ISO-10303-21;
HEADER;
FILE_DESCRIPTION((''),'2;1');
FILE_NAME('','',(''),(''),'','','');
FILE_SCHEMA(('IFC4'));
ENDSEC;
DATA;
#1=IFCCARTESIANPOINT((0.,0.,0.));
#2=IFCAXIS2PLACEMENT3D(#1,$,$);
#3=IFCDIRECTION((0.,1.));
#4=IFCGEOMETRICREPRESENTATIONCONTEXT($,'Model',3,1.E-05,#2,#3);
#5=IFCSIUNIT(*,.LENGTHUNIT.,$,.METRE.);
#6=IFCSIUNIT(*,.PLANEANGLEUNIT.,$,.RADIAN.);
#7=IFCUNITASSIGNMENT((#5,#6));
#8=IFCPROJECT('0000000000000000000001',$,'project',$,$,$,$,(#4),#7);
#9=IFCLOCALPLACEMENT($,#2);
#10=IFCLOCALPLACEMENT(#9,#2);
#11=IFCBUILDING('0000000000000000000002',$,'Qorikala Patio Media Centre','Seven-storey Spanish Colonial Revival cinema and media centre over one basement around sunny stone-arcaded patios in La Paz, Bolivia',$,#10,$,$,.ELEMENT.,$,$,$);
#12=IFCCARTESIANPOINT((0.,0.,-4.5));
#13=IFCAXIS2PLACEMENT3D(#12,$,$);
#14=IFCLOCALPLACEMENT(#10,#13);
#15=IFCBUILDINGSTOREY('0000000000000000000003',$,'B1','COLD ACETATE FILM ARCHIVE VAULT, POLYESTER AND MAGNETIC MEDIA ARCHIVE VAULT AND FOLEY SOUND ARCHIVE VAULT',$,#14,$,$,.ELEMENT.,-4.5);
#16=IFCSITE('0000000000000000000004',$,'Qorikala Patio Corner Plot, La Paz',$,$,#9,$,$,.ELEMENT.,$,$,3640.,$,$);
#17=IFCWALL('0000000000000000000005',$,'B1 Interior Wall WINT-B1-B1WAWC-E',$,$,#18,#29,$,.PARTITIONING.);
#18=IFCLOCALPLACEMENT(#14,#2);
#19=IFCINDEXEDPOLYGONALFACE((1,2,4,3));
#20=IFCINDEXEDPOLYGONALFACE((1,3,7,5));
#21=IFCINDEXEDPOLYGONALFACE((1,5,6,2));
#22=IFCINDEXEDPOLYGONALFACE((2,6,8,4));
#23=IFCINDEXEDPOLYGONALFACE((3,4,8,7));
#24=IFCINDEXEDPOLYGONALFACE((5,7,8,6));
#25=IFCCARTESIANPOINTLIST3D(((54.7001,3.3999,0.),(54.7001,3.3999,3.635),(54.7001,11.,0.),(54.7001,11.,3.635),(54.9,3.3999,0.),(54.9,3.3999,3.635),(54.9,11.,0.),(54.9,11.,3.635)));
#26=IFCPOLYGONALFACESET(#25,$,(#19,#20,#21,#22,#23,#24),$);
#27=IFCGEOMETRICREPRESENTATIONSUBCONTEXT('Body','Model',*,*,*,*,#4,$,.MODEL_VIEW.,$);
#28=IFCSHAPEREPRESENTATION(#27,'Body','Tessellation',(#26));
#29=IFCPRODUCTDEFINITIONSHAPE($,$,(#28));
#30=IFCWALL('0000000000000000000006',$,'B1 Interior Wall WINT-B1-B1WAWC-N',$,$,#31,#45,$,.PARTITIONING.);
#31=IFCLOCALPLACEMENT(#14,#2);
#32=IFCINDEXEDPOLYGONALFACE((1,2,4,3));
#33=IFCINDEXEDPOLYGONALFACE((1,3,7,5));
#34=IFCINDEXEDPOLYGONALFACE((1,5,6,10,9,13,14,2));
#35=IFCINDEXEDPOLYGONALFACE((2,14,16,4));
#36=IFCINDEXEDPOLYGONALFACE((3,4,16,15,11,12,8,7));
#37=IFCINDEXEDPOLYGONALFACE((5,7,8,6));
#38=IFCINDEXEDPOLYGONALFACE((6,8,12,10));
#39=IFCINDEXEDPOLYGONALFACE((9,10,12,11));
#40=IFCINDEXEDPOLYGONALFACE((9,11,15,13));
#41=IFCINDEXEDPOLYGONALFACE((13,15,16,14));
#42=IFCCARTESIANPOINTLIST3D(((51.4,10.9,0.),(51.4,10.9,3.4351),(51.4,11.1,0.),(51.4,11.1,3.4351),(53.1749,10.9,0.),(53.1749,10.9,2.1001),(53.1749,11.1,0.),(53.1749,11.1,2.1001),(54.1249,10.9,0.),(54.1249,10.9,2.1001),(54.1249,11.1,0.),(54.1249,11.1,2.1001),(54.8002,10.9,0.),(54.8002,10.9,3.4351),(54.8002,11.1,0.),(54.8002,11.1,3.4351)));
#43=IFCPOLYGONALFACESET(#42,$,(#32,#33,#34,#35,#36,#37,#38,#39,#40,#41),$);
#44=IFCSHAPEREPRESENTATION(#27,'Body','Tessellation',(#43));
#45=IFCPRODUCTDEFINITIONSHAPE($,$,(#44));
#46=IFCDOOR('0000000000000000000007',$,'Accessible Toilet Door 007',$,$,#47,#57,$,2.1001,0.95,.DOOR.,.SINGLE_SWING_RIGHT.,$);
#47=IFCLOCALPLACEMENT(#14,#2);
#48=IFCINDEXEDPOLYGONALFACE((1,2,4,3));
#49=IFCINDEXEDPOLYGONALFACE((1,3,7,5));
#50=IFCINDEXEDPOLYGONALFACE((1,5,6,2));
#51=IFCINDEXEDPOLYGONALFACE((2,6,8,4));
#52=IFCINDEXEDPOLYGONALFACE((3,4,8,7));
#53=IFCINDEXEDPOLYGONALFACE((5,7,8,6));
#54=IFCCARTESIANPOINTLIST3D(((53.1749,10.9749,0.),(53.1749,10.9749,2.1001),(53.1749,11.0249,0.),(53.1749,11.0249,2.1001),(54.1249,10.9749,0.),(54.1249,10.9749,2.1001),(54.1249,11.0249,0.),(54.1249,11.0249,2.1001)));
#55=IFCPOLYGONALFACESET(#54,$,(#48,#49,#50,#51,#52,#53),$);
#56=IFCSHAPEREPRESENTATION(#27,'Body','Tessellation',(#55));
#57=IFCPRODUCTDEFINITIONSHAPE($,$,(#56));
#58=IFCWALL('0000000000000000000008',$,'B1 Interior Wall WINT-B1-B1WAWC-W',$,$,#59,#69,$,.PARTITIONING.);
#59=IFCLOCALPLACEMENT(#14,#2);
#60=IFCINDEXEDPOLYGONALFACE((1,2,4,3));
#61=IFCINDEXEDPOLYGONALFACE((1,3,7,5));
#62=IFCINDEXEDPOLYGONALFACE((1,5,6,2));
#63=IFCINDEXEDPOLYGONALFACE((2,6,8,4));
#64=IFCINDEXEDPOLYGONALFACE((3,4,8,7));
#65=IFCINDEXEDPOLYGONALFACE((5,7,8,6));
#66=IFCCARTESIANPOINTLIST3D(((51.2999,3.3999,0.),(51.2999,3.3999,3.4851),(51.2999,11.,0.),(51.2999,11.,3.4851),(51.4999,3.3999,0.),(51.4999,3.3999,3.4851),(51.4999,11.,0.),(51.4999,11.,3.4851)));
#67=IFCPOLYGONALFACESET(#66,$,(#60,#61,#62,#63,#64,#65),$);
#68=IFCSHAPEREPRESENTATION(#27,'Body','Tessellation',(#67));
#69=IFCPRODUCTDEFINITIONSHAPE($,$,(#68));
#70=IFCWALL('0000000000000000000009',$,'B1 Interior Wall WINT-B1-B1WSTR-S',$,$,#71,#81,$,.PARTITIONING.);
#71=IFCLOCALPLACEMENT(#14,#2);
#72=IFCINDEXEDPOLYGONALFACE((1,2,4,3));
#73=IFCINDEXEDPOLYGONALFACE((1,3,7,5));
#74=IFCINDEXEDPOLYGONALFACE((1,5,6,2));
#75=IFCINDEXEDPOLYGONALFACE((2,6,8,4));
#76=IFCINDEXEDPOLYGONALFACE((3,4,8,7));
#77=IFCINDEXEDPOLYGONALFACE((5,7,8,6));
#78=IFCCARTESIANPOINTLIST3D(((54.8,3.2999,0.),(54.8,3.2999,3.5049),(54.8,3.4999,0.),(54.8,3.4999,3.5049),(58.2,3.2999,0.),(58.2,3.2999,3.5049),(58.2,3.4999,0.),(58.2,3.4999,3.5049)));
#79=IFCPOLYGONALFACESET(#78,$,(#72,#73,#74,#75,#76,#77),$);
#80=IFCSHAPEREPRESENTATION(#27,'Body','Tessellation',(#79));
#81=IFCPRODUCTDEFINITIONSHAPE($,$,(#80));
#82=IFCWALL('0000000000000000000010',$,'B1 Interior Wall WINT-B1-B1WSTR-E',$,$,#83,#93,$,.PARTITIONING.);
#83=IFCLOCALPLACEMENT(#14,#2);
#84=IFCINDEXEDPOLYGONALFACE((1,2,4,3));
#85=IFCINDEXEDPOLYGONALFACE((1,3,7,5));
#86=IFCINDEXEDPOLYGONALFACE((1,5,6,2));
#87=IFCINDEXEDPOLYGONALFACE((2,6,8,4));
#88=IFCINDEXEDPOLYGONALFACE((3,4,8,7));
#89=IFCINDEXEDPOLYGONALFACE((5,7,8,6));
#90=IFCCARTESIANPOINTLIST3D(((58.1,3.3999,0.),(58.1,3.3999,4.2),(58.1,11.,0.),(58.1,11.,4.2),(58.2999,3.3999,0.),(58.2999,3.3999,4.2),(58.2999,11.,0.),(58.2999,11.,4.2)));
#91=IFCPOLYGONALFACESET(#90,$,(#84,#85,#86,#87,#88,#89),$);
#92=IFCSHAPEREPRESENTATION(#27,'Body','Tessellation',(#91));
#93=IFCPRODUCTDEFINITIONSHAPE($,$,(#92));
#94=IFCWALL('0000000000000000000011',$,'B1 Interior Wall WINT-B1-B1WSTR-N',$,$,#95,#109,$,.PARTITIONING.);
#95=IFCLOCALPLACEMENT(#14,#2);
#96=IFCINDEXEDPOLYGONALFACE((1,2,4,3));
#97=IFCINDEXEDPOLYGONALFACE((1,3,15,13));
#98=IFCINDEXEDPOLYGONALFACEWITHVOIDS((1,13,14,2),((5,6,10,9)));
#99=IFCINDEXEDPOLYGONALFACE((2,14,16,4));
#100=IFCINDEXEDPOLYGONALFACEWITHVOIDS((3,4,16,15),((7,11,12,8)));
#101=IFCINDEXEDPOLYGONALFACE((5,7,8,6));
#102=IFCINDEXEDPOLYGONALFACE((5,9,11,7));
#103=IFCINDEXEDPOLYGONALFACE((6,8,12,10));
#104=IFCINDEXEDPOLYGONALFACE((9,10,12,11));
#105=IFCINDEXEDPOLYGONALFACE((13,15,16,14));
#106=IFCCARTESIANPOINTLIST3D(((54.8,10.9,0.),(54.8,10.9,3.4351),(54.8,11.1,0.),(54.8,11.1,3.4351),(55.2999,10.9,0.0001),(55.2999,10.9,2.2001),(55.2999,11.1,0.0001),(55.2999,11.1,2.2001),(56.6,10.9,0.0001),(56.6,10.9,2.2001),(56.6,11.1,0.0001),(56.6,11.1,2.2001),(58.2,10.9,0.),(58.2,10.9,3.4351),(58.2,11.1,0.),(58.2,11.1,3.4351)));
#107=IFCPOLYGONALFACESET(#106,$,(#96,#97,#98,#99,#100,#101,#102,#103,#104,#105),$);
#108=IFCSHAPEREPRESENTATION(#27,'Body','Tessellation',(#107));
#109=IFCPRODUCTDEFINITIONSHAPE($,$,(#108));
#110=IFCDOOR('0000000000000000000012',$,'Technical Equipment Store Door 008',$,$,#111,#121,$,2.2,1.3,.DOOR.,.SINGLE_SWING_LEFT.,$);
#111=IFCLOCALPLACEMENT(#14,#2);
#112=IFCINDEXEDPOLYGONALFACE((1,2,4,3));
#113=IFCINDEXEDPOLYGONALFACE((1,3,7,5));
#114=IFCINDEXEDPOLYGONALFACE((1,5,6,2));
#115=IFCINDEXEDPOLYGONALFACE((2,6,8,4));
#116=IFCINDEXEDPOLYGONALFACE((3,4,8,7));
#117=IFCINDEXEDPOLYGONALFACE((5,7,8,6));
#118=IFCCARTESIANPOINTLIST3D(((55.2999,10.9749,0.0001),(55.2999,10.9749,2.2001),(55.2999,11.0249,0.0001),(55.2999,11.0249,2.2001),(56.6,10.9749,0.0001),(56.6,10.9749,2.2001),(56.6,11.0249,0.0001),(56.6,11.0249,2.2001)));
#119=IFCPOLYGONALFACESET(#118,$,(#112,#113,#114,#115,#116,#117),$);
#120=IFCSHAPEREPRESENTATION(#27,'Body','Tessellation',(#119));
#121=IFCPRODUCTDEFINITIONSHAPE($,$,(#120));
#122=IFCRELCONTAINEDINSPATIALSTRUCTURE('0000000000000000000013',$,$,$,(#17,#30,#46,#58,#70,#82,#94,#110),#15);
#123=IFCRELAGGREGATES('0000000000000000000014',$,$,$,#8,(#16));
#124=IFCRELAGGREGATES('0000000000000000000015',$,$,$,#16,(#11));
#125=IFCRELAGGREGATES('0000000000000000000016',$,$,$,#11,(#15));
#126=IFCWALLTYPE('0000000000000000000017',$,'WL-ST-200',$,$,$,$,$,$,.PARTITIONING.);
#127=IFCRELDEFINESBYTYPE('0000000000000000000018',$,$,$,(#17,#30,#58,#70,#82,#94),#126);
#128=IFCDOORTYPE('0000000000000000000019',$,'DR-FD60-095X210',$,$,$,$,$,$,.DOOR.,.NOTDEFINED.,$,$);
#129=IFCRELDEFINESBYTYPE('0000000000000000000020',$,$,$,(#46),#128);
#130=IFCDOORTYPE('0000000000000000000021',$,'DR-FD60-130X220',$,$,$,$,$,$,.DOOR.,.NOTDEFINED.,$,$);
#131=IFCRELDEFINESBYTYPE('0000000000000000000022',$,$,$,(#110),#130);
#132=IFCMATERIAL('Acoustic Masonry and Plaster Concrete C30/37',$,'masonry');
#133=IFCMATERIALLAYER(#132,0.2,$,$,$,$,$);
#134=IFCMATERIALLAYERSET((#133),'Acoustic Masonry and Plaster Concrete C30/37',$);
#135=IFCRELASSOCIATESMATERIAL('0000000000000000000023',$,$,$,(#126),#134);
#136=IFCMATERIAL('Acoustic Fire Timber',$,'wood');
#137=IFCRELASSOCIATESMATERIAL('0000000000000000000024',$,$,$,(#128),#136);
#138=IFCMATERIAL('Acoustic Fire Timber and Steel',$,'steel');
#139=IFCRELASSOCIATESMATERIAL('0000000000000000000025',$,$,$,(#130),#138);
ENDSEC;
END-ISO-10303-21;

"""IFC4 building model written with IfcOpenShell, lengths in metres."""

from ifc_helpers import new_model, si_unit, direction, frame, frame_2d, origin, place, context, subcontext, project, spatial, rectangle, extrude, material, layer, layer_set, type_object, element, fill, save


model = new_model("IFC4")

# Units and contexts
model_context = context("Model", 3, precision=1e-05, world=origin(), true_north=direction((0.0, 1.0)))
body_context = subcontext(model_context, "Body", "Model", "MODEL_VIEW")
ifc_project = project(units=[si_unit("LENGTHUNIT", "METRE"), si_unit("PLANEANGLEUNIT", "RADIAN")], contexts=[model_context])

# Site, building, storey
site_placement = place(None, origin())
site = spatial("IfcSite", under=ifc_project, at=site_placement, Name="Qorikala Patio Corner Plot, La Paz", CompositionType="ELEMENT", RefElevation=3640.0)
building_placement = place(site_placement, origin())
building = spatial("IfcBuilding", under=site, at=building_placement, Name="Qorikala Patio Media Centre", Description="Seven-storey Spanish Colonial Revival cinema and media centre over one basement around sunny stone-arcaded patios in La Paz, Bolivia", CompositionType="ELEMENT")
storey_placement = place(building_placement, frame((0.0, 0.0, -4.5)))
storey = spatial("IfcBuildingStorey", under=building, at=storey_placement, Name="B1", Description="COLD ACETATE FILM ARCHIVE VAULT, POLYESTER AND MAGNETIC MEDIA ARCHIVE VAULT AND FOLEY SOUND ARCHIVE VAULT", CompositionType="ELEMENT", Elevation=-4.5)

# Wall
ifc_material_1 = material(Name="Acoustic Masonry and Plaster Concrete C30/37", Category="masonry")
ifc_layer_1 = layer(ifc_material_1, 0.2)
ifc_layer_set_1 = layer_set([ifc_layer_1], Name="Acoustic Masonry and Plaster Concrete C30/37")
wall_type_1 = type_object("IfcWallType", Name="WL-ST-200", PredefinedType="PARTITIONING", material=ifc_layer_set_1)
wall_1_placement = place(storey_placement, frame((54.8, 3.3999, 0.0), z_axis=(0.0, 0.0, 1.0), x_axis=(0.0, 1.0, 0.0)))
element("IfcWall", 1, at=wall_1_placement, inside=storey, type_object=wall_type_1, Name="B1 Interior Wall WINT-B1-B1WAWC-E", PredefinedType="PARTITIONING", context=body_context, shape_type="SweptSolid", body=[
    extrude(rectangle(XDim=7.6001, YDim=0.2, at=frame_2d((3.8, 0.0))), origin(), (0.0, 0.0, 1.0), 3.635),
])

# Wall, opening, door
wall_2_placement = place(storey_placement, frame((51.3999, 11.0, 0.0), z_axis=(0.0, 0.0, 1.0), x_axis=(1.0, 0.0, 0.0)))
wall_2 = element("IfcWall", 2, at=wall_2_placement, inside=storey, type_object=wall_type_1, Name="B1 Interior Wall WINT-B1-B1WAWC-N", PredefinedType="PARTITIONING", context=body_context, shape_type="SweptSolid", body=[
    extrude(rectangle(XDim=3.4001, YDim=0.2, at=frame_2d((1.7002, 0.0))), origin(), (0.0, 0.0, 1.0), 3.4351),
])
opening_1_placement = place(wall_2_placement, frame((1.7749, 0.0, 0.0)))
opening_1 = element("IfcOpeningElement", 3, at=opening_1_placement, cuts=wall_2, PredefinedType="OPENING", context=body_context, shape_type="SweptSolid", body=[
    extrude(rectangle(XDim=0.95, YDim=2.1001, at=frame_2d((0.4751, 1.05))), frame((0.0, 0.1099, 0.0), z_axis=(0.0, -1.0, 0.0), x_axis=(1.0, 0.0, 0.0)), (0.0, 0.0, 1.0), 0.22),
])
ifc_material_2 = material(Name="Acoustic Fire Timber", Category="wood")
door_type_1 = type_object("IfcDoorType", Name="DR-FD60-095X210", OperationType="NOTDEFINED", PredefinedType="DOOR", material=ifc_material_2)
door_1_placement = place(opening_1_placement, origin())
door_1 = element("IfcDoor", 4, at=door_1_placement, inside=storey, type_object=door_type_1, Name="Accessible Toilet Door 007", OperationType="SINGLE_SWING_RIGHT", OverallHeight=2.1001, OverallWidth=0.95, PredefinedType="DOOR", context=body_context, shape_type="SweptSolid", body=[
    extrude(rectangle(XDim=0.95, YDim=2.1001, at=frame_2d((0.4751, 1.05))), frame((0.0, 0.0249, 0.0), z_axis=(0.0, -1.0, 0.0), x_axis=(1.0, 0.0, 0.0)), (0.0, 0.0, 1.0), 0.05),
])
fill(opening_1, door_1)

# Walls
wall_3_placement = place(storey_placement, frame((51.3999, 3.3999, 0.0), z_axis=(0.0, 0.0, 1.0), x_axis=(0.0, 1.0, 0.0)))
element("IfcWall", 5, at=wall_3_placement, inside=storey, type_object=wall_type_1, Name="B1 Interior Wall WINT-B1-B1WAWC-W", PredefinedType="PARTITIONING", context=body_context, shape_type="SweptSolid", body=[
    extrude(rectangle(XDim=7.6001, YDim=0.2, at=frame_2d((3.8, 0.0))), origin(), (0.0, 0.0, 1.0), 3.4851),
])
wall_4_placement = place(storey_placement, frame((54.8, 3.3999, 0.0), z_axis=(0.0, 0.0, 1.0), x_axis=(1.0, 0.0, 0.0)))
element("IfcWall", 6, at=wall_4_placement, inside=storey, type_object=wall_type_1, Name="B1 Interior Wall WINT-B1-B1WSTR-S", PredefinedType="PARTITIONING", context=body_context, shape_type="SweptSolid", body=[
    extrude(rectangle(XDim=3.3999, YDim=0.2, at=frame_2d((1.7, 0.0))), origin(), (0.0, 0.0, 1.0), 3.5049),
])
wall_5_placement = place(storey_placement, frame((58.2, 3.3999, 0.0), z_axis=(0.0, 0.0, 1.0), x_axis=(0.0, 1.0, 0.0)))
element("IfcWall", 7, at=wall_5_placement, inside=storey, type_object=wall_type_1, Name="B1 Interior Wall WINT-B1-B1WSTR-E", PredefinedType="PARTITIONING", context=body_context, shape_type="SweptSolid", body=[
    extrude(rectangle(XDim=7.6001, YDim=0.2, at=frame_2d((3.8, 0.0))), origin(), (0.0, 0.0, 1.0), 4.2),
])

# Wall, opening, door
wall_6_placement = place(storey_placement, frame((54.8, 11.0, 0.0), z_axis=(0.0, 0.0, 1.0), x_axis=(1.0, 0.0, 0.0)))
wall_6 = element("IfcWall", 8, at=wall_6_placement, inside=storey, type_object=wall_type_1, Name="B1 Interior Wall WINT-B1-B1WSTR-N", PredefinedType="PARTITIONING", context=body_context, shape_type="SweptSolid", body=[
    extrude(rectangle(XDim=3.3999, YDim=0.2, at=frame_2d((1.7, 0.0))), origin(), (0.0, 0.0, 1.0), 3.4351),
])
opening_2_placement = place(wall_6_placement, frame((0.5, 0.0, 0.0)))
opening_2 = element("IfcOpeningElement", 9, at=opening_2_placement, cuts=wall_6, PredefinedType="OPENING", context=body_context, shape_type="SweptSolid", body=[
    extrude(rectangle(XDim=1.3, YDim=2.2, at=frame_2d((0.6499, 1.1001))), frame((0.0, 0.1099, 0.0), z_axis=(0.0, -1.0, 0.0), x_axis=(1.0, 0.0, 0.0)), (0.0, 0.0, 1.0), 0.22),
])
ifc_material_3 = material(Name="Acoustic Fire Timber and Steel", Category="steel")
door_type_2 = type_object("IfcDoorType", Name="DR-FD60-130X220", OperationType="NOTDEFINED", PredefinedType="DOOR", material=ifc_material_3)
door_2_placement = place(opening_2_placement, origin())
door_2 = element("IfcDoor", 10, at=door_2_placement, inside=storey, type_object=door_type_2, Name="Technical Equipment Store Door 008", OperationType="SINGLE_SWING_LEFT", OverallHeight=2.2, OverallWidth=1.3, PredefinedType="DOOR", context=body_context, shape_type="SweptSolid", body=[
    extrude(rectangle(XDim=1.3, YDim=2.2, at=frame_2d((0.6499, 1.1001))), frame((0.0, 0.0249, 0.0), z_axis=(0.0, -1.0, 0.0), x_axis=(1.0, 0.0, 0.0)), (0.0, 0.0, 1.0), 0.05),
])
fill(opening_2, door_2)

save(model, "model.ifc")
